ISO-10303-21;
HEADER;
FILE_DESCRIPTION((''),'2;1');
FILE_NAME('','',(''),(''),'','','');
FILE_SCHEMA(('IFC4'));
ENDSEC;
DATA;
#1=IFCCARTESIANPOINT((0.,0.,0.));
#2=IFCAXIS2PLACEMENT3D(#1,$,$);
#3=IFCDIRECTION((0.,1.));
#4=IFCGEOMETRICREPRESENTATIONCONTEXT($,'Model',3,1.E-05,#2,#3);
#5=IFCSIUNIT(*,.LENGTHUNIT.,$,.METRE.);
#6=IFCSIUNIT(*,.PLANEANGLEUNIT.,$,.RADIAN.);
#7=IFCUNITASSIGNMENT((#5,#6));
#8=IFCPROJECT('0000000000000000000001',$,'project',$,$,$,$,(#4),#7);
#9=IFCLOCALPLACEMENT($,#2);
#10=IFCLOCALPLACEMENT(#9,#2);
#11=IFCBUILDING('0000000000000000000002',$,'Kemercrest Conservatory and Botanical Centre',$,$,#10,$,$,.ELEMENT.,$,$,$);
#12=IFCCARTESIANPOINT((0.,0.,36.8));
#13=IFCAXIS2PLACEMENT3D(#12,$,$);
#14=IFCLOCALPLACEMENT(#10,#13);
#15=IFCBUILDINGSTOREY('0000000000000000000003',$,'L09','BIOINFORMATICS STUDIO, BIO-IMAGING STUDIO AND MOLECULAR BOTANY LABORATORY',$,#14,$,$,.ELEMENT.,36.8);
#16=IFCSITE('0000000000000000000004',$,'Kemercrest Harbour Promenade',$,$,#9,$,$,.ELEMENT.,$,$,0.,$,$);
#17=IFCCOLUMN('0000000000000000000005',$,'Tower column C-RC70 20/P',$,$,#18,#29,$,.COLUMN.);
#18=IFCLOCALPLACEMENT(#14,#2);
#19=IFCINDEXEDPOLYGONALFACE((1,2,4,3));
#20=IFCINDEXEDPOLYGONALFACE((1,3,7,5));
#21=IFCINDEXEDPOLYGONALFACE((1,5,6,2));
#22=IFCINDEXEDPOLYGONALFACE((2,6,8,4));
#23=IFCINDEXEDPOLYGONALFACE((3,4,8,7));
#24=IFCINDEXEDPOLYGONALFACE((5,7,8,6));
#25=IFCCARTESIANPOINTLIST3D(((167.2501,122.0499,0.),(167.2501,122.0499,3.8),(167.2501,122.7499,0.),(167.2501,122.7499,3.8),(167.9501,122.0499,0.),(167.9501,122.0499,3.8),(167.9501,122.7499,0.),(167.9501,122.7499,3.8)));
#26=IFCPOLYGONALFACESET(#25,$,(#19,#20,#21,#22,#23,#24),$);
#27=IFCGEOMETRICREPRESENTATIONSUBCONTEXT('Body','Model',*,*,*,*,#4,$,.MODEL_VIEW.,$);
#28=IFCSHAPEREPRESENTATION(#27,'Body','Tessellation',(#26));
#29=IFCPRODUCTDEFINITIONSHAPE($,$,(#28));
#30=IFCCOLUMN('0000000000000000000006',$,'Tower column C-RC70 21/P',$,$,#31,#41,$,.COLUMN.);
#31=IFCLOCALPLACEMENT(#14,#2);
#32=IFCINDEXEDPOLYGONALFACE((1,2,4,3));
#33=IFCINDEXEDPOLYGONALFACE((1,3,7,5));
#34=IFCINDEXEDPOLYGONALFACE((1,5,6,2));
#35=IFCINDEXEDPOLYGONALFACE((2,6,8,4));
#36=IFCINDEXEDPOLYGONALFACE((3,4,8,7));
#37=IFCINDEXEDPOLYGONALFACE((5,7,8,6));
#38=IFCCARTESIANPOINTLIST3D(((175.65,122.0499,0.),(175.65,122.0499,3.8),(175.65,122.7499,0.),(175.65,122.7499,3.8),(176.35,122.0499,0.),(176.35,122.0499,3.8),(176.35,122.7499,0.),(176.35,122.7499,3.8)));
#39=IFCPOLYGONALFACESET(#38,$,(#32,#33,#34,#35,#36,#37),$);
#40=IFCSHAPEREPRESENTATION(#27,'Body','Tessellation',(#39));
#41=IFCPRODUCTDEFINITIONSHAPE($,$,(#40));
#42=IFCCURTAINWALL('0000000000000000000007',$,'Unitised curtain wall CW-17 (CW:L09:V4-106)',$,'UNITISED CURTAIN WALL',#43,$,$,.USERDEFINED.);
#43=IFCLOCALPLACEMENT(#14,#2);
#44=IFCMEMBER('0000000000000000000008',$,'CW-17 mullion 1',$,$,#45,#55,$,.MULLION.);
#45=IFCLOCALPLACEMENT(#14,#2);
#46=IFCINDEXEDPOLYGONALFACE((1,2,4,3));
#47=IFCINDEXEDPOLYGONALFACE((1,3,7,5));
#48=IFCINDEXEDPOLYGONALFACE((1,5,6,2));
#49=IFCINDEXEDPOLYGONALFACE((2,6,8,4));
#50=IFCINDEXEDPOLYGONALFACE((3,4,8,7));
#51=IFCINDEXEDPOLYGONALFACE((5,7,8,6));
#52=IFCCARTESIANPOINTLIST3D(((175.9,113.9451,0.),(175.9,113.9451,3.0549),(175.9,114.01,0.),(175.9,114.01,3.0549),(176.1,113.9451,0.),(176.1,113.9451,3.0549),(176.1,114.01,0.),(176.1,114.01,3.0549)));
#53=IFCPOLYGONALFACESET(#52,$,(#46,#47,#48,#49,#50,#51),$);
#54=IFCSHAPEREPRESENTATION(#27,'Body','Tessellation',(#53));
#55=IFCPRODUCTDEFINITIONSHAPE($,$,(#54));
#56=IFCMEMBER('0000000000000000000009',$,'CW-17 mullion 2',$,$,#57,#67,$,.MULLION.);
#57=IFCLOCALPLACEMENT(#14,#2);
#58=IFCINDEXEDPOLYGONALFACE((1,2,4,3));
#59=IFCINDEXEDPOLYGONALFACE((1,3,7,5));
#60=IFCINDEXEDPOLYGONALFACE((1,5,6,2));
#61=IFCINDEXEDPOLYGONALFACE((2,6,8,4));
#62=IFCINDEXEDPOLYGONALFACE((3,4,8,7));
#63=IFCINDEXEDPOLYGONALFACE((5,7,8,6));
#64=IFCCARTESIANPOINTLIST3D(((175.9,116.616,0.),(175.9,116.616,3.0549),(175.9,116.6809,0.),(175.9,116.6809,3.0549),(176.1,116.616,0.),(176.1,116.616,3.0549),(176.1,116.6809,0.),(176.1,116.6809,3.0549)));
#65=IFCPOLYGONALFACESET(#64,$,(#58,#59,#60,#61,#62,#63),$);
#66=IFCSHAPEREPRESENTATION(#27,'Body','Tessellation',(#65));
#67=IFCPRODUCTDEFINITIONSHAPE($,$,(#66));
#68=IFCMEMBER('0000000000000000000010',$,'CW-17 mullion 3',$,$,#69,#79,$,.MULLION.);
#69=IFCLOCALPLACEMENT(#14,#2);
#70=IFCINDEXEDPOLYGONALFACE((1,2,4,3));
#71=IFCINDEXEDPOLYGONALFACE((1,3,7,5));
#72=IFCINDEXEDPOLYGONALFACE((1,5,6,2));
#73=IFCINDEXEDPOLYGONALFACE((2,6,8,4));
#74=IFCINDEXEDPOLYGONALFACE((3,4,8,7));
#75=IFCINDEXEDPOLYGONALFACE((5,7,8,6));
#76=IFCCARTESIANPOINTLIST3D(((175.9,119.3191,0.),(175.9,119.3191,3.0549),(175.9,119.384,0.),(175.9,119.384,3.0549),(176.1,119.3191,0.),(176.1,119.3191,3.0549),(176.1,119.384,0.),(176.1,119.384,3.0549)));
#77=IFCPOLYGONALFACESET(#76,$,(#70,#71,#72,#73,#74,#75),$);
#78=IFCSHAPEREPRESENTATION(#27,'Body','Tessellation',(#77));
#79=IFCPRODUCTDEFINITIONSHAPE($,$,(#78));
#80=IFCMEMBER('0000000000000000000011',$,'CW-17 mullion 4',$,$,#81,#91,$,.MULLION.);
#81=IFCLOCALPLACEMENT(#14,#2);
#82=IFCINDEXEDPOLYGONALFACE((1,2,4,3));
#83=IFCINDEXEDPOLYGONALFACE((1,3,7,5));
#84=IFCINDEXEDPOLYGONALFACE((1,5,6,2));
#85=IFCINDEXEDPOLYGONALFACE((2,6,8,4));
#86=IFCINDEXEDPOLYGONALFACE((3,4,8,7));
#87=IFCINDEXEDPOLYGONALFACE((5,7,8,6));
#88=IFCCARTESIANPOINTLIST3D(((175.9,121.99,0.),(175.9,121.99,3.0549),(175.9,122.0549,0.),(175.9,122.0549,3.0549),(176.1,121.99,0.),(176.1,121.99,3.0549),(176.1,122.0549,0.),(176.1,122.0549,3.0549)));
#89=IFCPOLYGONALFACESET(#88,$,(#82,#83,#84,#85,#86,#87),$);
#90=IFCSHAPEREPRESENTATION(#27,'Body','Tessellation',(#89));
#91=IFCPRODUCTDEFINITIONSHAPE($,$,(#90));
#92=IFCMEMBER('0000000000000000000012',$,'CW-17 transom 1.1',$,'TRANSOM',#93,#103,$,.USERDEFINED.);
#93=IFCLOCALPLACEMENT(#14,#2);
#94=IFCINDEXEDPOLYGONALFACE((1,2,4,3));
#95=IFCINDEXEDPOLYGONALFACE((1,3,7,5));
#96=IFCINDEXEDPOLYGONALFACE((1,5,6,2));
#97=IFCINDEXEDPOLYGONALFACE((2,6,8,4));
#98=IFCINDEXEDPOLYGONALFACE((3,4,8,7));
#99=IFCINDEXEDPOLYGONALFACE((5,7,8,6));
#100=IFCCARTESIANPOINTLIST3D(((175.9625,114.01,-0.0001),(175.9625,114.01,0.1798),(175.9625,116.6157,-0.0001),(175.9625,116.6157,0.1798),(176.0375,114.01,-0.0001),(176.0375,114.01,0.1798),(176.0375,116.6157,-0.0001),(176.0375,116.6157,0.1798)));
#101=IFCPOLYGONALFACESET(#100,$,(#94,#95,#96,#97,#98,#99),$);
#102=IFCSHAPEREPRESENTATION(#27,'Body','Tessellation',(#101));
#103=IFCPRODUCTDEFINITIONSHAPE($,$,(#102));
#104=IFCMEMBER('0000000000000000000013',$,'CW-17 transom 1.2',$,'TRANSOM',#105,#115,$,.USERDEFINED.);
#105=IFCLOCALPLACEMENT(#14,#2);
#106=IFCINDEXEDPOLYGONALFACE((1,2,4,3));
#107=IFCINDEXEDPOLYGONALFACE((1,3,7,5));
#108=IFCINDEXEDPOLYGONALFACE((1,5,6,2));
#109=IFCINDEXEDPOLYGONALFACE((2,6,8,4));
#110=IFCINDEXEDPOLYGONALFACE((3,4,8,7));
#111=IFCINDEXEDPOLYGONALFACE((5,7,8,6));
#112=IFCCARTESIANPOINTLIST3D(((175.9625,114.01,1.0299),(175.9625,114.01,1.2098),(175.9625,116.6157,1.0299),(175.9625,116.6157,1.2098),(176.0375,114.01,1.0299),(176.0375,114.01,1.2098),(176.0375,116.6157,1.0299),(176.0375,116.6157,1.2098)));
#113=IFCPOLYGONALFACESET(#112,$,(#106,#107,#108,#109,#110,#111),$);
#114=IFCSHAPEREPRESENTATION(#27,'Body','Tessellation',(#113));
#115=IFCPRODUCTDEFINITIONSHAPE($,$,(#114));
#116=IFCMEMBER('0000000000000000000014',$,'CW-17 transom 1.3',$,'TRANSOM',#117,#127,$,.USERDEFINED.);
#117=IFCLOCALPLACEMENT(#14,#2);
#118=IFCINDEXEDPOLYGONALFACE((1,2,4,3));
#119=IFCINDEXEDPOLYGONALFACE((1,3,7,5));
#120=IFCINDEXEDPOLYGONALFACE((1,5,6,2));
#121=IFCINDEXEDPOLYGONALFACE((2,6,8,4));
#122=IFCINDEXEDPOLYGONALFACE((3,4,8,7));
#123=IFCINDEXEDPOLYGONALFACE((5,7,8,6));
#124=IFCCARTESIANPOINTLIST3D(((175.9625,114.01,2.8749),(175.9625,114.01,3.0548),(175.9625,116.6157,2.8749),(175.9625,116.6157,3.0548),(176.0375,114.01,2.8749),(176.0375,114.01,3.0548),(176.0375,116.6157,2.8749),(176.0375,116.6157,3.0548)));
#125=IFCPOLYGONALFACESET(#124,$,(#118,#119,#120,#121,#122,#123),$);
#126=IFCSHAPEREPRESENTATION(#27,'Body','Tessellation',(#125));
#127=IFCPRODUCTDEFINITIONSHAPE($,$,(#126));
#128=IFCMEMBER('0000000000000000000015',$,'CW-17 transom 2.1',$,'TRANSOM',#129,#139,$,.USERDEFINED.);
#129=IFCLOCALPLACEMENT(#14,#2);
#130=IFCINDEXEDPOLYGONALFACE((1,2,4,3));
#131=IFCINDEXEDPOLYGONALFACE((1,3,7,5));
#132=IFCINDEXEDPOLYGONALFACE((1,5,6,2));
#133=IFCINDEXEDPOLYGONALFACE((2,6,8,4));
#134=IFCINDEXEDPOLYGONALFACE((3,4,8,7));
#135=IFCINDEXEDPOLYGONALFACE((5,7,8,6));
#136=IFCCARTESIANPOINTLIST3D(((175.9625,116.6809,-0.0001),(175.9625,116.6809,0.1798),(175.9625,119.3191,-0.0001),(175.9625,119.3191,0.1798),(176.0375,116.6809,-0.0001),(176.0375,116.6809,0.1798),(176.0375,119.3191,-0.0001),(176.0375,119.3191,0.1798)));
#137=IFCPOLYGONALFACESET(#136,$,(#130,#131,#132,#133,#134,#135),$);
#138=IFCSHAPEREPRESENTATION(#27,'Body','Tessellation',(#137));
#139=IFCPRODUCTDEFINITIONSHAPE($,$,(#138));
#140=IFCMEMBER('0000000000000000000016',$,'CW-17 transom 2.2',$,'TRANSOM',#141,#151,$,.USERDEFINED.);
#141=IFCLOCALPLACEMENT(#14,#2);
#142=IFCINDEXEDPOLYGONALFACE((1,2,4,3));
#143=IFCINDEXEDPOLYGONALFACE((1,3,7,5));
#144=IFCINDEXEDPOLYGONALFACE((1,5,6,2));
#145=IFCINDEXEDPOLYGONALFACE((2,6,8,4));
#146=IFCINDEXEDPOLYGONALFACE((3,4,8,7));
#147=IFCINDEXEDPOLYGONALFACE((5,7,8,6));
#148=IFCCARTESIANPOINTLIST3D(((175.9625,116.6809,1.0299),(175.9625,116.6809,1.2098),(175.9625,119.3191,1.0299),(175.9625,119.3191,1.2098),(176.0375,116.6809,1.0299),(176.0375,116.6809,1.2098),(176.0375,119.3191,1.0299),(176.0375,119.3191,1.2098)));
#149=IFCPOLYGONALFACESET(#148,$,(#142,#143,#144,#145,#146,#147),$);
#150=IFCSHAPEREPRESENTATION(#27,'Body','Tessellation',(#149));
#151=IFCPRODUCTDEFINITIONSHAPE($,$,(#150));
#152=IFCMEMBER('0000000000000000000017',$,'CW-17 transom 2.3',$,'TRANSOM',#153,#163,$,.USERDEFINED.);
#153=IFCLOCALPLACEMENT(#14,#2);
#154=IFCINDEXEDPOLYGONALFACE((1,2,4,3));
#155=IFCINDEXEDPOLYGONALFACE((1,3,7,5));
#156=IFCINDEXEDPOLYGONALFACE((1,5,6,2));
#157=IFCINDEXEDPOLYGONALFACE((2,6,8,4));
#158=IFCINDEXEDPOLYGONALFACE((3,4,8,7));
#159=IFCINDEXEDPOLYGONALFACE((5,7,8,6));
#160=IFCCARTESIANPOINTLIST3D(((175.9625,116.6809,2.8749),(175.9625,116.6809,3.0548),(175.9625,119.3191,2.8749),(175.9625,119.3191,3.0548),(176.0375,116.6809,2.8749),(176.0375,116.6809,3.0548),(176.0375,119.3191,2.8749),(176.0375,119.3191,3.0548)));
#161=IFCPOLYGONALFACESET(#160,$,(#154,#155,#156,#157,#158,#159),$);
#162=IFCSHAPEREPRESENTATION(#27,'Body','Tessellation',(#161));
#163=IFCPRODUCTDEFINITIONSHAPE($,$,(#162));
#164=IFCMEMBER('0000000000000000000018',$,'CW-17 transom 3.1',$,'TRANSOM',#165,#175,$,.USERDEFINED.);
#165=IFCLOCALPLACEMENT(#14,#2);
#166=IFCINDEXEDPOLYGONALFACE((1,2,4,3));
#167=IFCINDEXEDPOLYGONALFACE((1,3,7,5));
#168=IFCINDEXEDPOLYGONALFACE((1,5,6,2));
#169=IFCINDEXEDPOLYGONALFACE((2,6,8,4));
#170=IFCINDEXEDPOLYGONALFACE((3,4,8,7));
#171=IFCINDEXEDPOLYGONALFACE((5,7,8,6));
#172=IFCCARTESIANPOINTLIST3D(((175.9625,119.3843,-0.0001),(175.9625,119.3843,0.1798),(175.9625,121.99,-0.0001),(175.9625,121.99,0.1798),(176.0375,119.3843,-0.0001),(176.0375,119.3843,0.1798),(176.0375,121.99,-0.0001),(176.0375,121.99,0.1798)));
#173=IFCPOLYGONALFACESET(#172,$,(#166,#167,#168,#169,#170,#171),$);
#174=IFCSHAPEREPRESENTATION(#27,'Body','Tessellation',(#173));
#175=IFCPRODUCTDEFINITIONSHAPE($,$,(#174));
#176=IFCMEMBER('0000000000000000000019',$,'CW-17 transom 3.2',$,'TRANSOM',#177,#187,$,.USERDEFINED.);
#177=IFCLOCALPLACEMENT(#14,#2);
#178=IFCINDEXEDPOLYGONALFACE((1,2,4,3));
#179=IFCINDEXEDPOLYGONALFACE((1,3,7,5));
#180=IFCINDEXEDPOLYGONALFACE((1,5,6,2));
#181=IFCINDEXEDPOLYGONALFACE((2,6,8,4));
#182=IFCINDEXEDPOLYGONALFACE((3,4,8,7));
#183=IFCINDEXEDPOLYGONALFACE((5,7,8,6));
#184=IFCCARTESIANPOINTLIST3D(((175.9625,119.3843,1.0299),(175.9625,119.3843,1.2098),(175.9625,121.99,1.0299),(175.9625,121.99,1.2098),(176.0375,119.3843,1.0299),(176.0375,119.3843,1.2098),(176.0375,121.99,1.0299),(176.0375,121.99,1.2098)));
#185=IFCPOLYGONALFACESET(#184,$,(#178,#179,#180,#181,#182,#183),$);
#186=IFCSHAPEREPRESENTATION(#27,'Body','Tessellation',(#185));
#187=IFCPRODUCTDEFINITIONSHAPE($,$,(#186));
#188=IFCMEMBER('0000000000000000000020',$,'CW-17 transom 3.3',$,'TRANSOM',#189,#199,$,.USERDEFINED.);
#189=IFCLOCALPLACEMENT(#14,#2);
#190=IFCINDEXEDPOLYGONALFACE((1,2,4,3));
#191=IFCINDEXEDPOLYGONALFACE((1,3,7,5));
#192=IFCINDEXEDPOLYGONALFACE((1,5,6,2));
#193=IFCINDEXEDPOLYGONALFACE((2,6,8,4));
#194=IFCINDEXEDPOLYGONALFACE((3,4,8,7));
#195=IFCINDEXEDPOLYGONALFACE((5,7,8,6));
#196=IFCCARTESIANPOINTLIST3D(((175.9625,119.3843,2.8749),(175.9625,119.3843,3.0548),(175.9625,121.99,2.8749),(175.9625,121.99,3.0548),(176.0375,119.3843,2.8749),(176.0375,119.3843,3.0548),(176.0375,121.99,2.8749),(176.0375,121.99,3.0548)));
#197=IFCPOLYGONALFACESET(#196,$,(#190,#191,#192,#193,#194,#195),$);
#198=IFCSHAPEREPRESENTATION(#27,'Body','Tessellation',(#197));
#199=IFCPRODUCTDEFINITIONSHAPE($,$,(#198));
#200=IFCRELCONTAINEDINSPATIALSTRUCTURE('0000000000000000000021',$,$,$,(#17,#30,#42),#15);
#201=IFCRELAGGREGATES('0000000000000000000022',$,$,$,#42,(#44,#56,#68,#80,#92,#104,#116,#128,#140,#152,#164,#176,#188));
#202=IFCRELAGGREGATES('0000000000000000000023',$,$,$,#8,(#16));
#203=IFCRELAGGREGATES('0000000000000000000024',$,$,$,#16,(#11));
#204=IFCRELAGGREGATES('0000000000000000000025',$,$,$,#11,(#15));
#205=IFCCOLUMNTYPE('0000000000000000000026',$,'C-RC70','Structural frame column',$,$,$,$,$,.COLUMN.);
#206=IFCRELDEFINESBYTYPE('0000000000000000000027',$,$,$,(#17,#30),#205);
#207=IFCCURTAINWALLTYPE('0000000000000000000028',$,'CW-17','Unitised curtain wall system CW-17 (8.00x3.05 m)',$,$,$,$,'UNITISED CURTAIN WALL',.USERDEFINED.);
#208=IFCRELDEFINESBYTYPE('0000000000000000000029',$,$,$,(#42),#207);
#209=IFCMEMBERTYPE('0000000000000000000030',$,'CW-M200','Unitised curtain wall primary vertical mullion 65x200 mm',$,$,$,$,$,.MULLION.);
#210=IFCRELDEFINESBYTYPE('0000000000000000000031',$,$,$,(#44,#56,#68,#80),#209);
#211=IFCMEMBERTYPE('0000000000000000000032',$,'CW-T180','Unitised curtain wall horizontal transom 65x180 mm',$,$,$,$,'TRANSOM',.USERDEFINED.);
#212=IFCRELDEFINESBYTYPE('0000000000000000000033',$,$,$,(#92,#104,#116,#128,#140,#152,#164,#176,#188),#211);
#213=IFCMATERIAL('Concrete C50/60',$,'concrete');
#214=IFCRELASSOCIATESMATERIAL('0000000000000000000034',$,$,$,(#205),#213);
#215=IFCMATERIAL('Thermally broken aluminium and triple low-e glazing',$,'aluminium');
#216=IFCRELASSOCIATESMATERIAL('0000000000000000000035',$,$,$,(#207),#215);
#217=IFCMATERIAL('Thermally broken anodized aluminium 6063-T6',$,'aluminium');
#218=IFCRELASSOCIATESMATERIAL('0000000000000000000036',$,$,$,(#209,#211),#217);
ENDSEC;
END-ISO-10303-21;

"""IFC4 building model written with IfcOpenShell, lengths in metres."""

from ifc_helpers import new_model, si_unit, direction, frame, origin, origin_2d, place, context, subcontext, project, spatial, rectangle, extrude, material, material_profile, profile_set, type_object, element, aggregate, save


model = new_model("IFC4")

# Units and contexts
model_context = context("Model", 3, precision=1e-05, world=origin(), true_north=direction((0.0, 1.0)))
body_context = subcontext(model_context, "Body", "Model", "MODEL_VIEW")
ifc_project = project(units=[si_unit("LENGTHUNIT", "METRE"), si_unit("PLANEANGLEUNIT", "RADIAN")], contexts=[model_context])

# Site, building, storey
site_placement = place(None, origin())
site = spatial("IfcSite", under=ifc_project, at=site_placement, Name="Kemercrest Harbour Promenade", CompositionType="ELEMENT", RefElevation=0.0)
building_placement = place(site_placement, origin())
building = spatial("IfcBuilding", under=site, at=building_placement, Name="Kemercrest Conservatory and Botanical Centre", CompositionType="ELEMENT")
storey_placement = place(building_placement, frame((0.0, 0.0, 36.8)))
storey = spatial("IfcBuildingStorey", under=building, at=storey_placement, Name="L09", Description="BIOINFORMATICS STUDIO, BIO-IMAGING STUDIO AND MOLECULAR BOTANY LABORATORY", CompositionType="ELEMENT", Elevation=36.8)

# Columns
ifc_material_1 = material(Name="Concrete C50/60", Category="concrete")
ifc_material_profile_1 = material_profile(ifc_material_1, rectangle(XDim=0.7, YDim=0.7, at=origin_2d()), Name="RC 700x700")
ifc_profile_set_1 = profile_set([ifc_material_profile_1], Name="Concrete C50/60")
column_type = type_object("IfcColumnType", Name="C-RC70", Description="Structural frame column", PredefinedType="COLUMN", material=ifc_profile_set_1)
for number, where, z_axis, x_axis, name in (
    (1, (167.6001, 122.3999, 0.0), (0.0, 0.0, 1.0), (1.0, 0.0, 0.0), "Tower column C-RC70 20/P"),
    (2, (176.0, 122.3999, 0.0), (0.0, 0.0, 1.0), (1.0, 0.0, 0.0), "Tower column C-RC70 21/P"),
):
    element("IfcColumn", number, at=place(storey_placement, frame(where, z_axis=z_axis, x_axis=x_axis)), inside=storey, type_object=column_type, Name=name, PredefinedType="COLUMN", context=body_context, shape_type="SweptSolid", body=[
        extrude(rectangle(XDim=0.7, YDim=0.7, at=origin_2d()), origin(), (0.0, 0.0, 1.0), 3.8),
    ])

# Curtain wall, members
ifc_material_2 = material(Name="Thermally broken aluminium and triple low-e glazing", Category="aluminium")
curtain_wall_type = type_object("IfcCurtainWallType", Name="CW-17", Description="Unitised curtain wall system CW-17 (8.00x3.05 m)", ElementType="UNITISED CURTAIN WALL", PredefinedType="USERDEFINED", material=ifc_material_2)
curtain_wall_placement = place(storey_placement, origin())
curtain_wall = element("IfcCurtainWall", 3, at=curtain_wall_placement, inside=storey, type_object=curtain_wall_type, Name="Unitised curtain wall CW-17 (CW:L09:V4-106)", ObjectType="UNITISED CURTAIN WALL", PredefinedType="USERDEFINED")
ifc_material_3 = material(Name="Thermally broken anodized aluminium 6063-T6", Category="aluminium")
ifc_material_profile_2 = material_profile(ifc_material_3, rectangle(XDim=0.2, YDim=0.0649, at=origin_2d()), Name="AL MULLION 65x200")
ifc_profile_set_2 = profile_set([ifc_material_profile_2], Name="Thermally broken anodized aluminium 6063-T6")
member_type_1 = type_object("IfcMemberType", Name="CW-M200", Description="Unitised curtain wall primary vertical mullion 65x200 mm", PredefinedType="MULLION", material=ifc_profile_set_2)
member_1_placement = place(storey_placement, frame((176.0, 113.9775, 0.0), z_axis=(0.0, 0.0, 1.0), x_axis=(-1.0, 0.0, 0.0)))
member_1 = element("IfcMember", 4, at=member_1_placement, type_object=member_type_1, Name="CW-17 mullion 1", PredefinedType="MULLION", context=body_context, shape_type="SweptSolid", body=[
    extrude(rectangle(XDim=0.2, YDim=0.0649, at=origin_2d()), origin(), (0.0, 0.0, 1.0), 3.0549),
])
member_2_placement = place(storey_placement, frame((176.0, 116.6484, 0.0), z_axis=(0.0, 0.0, 1.0), x_axis=(-1.0, 0.0, 0.0)))
member_2 = element("IfcMember", 5, at=member_2_placement, type_object=member_type_1, Name="CW-17 mullion 2", PredefinedType="MULLION", context=body_context, shape_type="SweptSolid", body=[
    extrude(rectangle(XDim=0.2, YDim=0.0649, at=origin_2d()), origin(), (0.0, 0.0, 1.0), 3.0549),
])
member_3_placement = place(storey_placement, frame((176.0, 119.3516, 0.0), z_axis=(0.0, 0.0, 1.0), x_axis=(-1.0, 0.0, 0.0)))
member_3 = element("IfcMember", 6, at=member_3_placement, type_object=member_type_1, Name="CW-17 mullion 3", PredefinedType="MULLION", context=body_context, shape_type="SweptSolid", body=[
    extrude(rectangle(XDim=0.2, YDim=0.0649, at=origin_2d()), origin(), (0.0, 0.0, 1.0), 3.0549),
])
member_4_placement = place(storey_placement, frame((176.0, 122.0225, 0.0), z_axis=(0.0, 0.0, 1.0), x_axis=(-1.0, 0.0, 0.0)))
member_4 = element("IfcMember", 7, at=member_4_placement, type_object=member_type_1, Name="CW-17 mullion 4", PredefinedType="MULLION", context=body_context, shape_type="SweptSolid", body=[
    extrude(rectangle(XDim=0.2, YDim=0.0649, at=origin_2d()), origin(), (0.0, 0.0, 1.0), 3.0549),
])
ifc_material_profile_3 = material_profile(ifc_material_3, rectangle(XDim=0.075, YDim=0.1799, at=origin_2d()), Name="AL TRANSOM 75x180")
ifc_profile_set_3 = profile_set([ifc_material_profile_3], Name="Thermally broken anodized aluminium 6063-T6")
member_type_2 = type_object("IfcMemberType", Name="CW-T180", Description="Unitised curtain wall horizontal transom 65x180 mm", ElementType="TRANSOM", PredefinedType="USERDEFINED", material=ifc_profile_set_3)
member_5_placement = place(storey_placement, frame((176.0, 114.01, 0.0898), z_axis=(0.0, 1.0, 0.0), x_axis=(-1.0, 0.0, 0.0)))
member_5 = element("IfcMember", 8, at=member_5_placement, type_object=member_type_2, Name="CW-17 transom 1.1", ObjectType="TRANSOM", PredefinedType="USERDEFINED", context=body_context, shape_type="SweptSolid", body=[
    extrude(rectangle(XDim=0.075, YDim=0.1799, at=origin_2d()), origin(), (0.0, 0.0, 1.0), 2.6057),
])
member_6_placement = place(storey_placement, frame((176.0, 114.01, 1.1199), z_axis=(0.0, 1.0, 0.0), x_axis=(-1.0, 0.0, 0.0)))
member_6 = element("IfcMember", 9, at=member_6_placement, type_object=member_type_2, Name="CW-17 transom 1.2", ObjectType="TRANSOM", PredefinedType="USERDEFINED", context=body_context, shape_type="SweptSolid", body=[
    extrude(rectangle(XDim=0.075, YDim=0.1799, at=origin_2d()), origin(), (0.0, 0.0, 1.0), 2.6057),
])
member_7_placement = place(storey_placement, frame((176.0, 114.01, 2.9648), z_axis=(0.0, 1.0, 0.0), x_axis=(-1.0, 0.0, 0.0)))
member_7 = element("IfcMember", 10, at=member_7_placement, type_object=member_type_2, Name="CW-17 transom 1.3", ObjectType="TRANSOM", PredefinedType="USERDEFINED", context=body_context, shape_type="SweptSolid", body=[
    extrude(rectangle(XDim=0.075, YDim=0.1799, at=origin_2d()), origin(), (0.0, 0.0, 1.0), 2.6057),
])
member_8_placement = place(storey_placement, frame((176.0, 116.6809, 0.0898), z_axis=(0.0, 1.0, 0.0), x_axis=(-1.0, 0.0, 0.0)))
member_8 = element("IfcMember", 11, at=member_8_placement, type_object=member_type_2, Name="CW-17 transom 2.1", ObjectType="TRANSOM", PredefinedType="USERDEFINED", context=body_context, shape_type="SweptSolid", body=[
    extrude(rectangle(XDim=0.075, YDim=0.1799, at=origin_2d()), origin(), (0.0, 0.0, 1.0), 2.6382),
])
member_9_placement = place(storey_placement, frame((176.0, 116.6809, 1.1199), z_axis=(0.0, 1.0, 0.0), x_axis=(-1.0, 0.0, 0.0)))
member_9 = element("IfcMember", 12, at=member_9_placement, type_object=member_type_2, Name="CW-17 transom 2.2", ObjectType="TRANSOM", PredefinedType="USERDEFINED", context=body_context, shape_type="SweptSolid", body=[
    extrude(rectangle(XDim=0.075, YDim=0.1799, at=origin_2d()), origin(), (0.0, 0.0, 1.0), 2.6382),
])
member_10_placement = place(storey_placement, frame((176.0, 116.6809, 2.9648), z_axis=(0.0, 1.0, 0.0), x_axis=(-1.0, 0.0, 0.0)))
member_10 = element("IfcMember", 13, at=member_10_placement, type_object=member_type_2, Name="CW-17 transom 2.3", ObjectType="TRANSOM", PredefinedType="USERDEFINED", context=body_context, shape_type="SweptSolid", body=[
    extrude(rectangle(XDim=0.075, YDim=0.1799, at=origin_2d()), origin(), (0.0, 0.0, 1.0), 2.6382),
])
member_11_placement = place(storey_placement, frame((176.0, 119.3843, 0.0898), z_axis=(0.0, 1.0, 0.0), x_axis=(-1.0, 0.0, 0.0)))
member_11 = element("IfcMember", 14, at=member_11_placement, type_object=member_type_2, Name="CW-17 transom 3.1", ObjectType="TRANSOM", PredefinedType="USERDEFINED", context=body_context, shape_type="SweptSolid", body=[
    extrude(rectangle(XDim=0.075, YDim=0.1799, at=origin_2d()), origin(), (0.0, 0.0, 1.0), 2.6057),
])
member_12_placement = place(storey_placement, frame((176.0, 119.3843, 1.1199), z_axis=(0.0, 1.0, 0.0), x_axis=(-1.0, 0.0, 0.0)))
member_12 = element("IfcMember", 15, at=member_12_placement, type_object=member_type_2, Name="CW-17 transom 3.2", ObjectType="TRANSOM", PredefinedType="USERDEFINED", context=body_context, shape_type="SweptSolid", body=[
    extrude(rectangle(XDim=0.075, YDim=0.1799, at=origin_2d()), origin(), (0.0, 0.0, 1.0), 2.6057),
])
member_13_placement = place(storey_placement, frame((176.0, 119.3843, 2.9648), z_axis=(0.0, 1.0, 0.0), x_axis=(-1.0, 0.0, 0.0)))
member_13 = element("IfcMember", 16, at=member_13_placement, type_object=member_type_2, Name="CW-17 transom 3.3", ObjectType="TRANSOM", PredefinedType="USERDEFINED", context=body_context, shape_type="SweptSolid", body=[
    extrude(rectangle(XDim=0.075, YDim=0.1799, at=origin_2d()), origin(), (0.0, 0.0, 1.0), 2.6057),
])

aggregate(curtain_wall, [member_1, member_2, member_3, member_4, member_5, member_6, member_7, member_8, member_9, member_10, member_11, member_12, member_13])

save(model, "model.ifc")
